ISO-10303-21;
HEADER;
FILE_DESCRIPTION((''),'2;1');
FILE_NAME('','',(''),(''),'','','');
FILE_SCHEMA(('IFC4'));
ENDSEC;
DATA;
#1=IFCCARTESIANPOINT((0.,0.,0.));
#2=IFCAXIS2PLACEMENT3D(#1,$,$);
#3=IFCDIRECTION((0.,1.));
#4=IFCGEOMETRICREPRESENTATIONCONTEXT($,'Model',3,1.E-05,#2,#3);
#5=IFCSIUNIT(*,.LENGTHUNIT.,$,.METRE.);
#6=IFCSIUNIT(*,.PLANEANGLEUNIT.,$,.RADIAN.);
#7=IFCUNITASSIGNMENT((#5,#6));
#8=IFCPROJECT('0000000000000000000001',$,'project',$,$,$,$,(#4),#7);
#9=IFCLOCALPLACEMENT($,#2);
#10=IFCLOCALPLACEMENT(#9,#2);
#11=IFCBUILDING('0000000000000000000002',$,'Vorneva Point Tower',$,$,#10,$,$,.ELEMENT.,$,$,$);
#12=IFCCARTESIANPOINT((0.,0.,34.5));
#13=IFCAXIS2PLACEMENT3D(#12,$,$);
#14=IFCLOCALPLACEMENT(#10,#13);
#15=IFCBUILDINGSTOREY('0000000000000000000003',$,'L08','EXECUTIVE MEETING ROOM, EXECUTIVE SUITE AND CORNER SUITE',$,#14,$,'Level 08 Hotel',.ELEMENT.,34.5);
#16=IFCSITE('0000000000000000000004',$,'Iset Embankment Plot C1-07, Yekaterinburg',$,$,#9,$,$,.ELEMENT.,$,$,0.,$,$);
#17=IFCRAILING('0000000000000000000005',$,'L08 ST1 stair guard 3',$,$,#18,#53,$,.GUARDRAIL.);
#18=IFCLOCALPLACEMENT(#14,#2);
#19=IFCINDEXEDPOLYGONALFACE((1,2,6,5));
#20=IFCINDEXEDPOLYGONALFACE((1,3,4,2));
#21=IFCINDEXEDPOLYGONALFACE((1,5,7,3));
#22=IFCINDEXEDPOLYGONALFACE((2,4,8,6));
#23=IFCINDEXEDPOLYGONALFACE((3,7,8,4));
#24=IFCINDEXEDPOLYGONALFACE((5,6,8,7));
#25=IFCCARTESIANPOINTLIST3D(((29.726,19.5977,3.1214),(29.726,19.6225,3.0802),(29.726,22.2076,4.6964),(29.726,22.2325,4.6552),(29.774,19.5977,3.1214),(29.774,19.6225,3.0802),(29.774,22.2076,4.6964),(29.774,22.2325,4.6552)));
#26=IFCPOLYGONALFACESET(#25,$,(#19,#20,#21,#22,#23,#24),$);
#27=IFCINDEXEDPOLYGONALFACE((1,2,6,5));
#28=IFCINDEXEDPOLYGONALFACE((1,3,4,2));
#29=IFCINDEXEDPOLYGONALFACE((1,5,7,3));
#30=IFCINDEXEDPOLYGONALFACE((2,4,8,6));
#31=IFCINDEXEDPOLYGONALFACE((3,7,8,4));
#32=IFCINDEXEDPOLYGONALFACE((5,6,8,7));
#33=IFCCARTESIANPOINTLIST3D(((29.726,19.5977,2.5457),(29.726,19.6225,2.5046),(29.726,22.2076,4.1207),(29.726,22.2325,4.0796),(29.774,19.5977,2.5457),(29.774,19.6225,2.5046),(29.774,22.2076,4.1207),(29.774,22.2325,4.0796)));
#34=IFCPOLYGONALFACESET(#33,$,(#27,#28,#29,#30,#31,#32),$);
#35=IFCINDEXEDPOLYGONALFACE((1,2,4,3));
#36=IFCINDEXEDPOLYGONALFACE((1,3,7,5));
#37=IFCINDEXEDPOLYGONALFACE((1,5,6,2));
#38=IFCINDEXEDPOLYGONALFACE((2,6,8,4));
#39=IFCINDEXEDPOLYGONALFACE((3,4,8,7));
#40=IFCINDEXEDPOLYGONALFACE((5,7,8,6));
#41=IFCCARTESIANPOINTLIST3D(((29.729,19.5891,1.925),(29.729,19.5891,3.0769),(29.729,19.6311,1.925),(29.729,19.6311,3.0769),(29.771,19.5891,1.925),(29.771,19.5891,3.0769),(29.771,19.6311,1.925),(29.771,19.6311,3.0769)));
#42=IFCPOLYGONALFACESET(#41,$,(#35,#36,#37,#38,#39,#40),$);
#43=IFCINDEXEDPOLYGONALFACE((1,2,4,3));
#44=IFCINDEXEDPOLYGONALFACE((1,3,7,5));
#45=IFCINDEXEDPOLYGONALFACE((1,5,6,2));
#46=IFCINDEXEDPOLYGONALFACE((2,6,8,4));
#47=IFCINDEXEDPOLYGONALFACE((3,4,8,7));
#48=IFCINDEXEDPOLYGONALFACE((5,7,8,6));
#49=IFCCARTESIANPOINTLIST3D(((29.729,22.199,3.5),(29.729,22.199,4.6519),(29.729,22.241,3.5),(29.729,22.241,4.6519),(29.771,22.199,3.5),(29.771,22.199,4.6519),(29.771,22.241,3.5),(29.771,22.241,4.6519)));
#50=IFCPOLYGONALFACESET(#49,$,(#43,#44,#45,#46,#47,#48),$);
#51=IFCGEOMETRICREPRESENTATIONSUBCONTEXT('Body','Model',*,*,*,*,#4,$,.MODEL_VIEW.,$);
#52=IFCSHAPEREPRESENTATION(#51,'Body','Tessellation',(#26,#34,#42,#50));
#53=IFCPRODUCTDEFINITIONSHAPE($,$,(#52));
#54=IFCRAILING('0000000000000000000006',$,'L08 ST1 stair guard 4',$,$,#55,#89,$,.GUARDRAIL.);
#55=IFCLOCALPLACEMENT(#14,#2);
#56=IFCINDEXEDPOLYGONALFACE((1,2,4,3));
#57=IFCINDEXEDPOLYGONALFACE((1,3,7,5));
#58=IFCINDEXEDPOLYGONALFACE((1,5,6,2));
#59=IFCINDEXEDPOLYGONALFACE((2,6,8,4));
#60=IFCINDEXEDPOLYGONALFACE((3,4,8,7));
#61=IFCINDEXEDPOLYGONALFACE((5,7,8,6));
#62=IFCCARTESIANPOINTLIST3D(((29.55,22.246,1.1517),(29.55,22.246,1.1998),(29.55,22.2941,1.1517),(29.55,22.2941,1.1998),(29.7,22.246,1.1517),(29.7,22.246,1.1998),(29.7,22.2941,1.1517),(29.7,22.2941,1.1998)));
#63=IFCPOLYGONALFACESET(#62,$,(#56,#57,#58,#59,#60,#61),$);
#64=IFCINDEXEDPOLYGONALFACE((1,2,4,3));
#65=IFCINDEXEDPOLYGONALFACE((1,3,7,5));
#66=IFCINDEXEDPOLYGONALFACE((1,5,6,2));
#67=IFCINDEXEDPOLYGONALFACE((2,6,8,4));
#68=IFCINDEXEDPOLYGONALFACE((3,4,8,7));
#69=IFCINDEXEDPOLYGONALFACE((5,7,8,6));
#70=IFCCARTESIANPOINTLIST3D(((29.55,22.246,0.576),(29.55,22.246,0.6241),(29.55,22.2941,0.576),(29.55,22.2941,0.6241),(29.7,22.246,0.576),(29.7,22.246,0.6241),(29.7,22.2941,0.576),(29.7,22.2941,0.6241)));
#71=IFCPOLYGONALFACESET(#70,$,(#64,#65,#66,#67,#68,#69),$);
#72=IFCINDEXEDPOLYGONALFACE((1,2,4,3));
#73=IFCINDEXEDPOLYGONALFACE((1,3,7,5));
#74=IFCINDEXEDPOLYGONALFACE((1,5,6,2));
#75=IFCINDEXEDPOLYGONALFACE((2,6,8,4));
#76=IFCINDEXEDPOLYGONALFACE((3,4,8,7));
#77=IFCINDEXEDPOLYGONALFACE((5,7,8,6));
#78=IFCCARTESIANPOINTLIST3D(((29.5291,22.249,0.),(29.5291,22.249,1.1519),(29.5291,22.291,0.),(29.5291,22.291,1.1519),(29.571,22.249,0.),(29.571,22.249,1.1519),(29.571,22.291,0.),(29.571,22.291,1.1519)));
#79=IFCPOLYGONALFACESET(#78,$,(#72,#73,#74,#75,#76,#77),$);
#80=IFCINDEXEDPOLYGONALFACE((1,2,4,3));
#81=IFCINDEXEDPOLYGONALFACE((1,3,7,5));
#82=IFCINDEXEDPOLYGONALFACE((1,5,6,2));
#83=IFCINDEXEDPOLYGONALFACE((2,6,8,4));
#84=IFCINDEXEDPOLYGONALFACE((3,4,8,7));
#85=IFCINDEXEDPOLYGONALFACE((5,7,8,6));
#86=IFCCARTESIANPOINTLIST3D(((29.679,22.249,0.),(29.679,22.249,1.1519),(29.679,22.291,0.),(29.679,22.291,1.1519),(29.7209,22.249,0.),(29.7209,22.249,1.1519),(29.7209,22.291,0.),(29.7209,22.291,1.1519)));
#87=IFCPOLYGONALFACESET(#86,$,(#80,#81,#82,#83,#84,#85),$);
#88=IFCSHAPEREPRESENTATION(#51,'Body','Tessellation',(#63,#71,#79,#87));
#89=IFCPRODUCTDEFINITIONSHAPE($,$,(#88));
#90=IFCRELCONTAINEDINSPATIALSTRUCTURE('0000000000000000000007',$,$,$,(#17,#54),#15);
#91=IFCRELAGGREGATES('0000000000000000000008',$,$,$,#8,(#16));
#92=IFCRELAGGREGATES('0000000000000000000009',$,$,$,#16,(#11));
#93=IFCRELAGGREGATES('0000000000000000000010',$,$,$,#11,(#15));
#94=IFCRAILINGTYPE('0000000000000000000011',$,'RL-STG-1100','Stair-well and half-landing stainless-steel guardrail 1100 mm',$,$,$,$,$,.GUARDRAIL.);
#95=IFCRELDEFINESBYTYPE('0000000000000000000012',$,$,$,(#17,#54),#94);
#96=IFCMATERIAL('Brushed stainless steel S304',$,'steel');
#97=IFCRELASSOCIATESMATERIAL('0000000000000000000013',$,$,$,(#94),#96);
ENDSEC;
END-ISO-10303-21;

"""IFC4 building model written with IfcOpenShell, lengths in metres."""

from ifc_helpers import new_model, si_unit, direction, frame, origin, origin_2d, place, context, subcontext, project, spatial, rectangle, extrude, material, type_object, element, save


model = new_model("IFC4")

# Units and contexts
model_context = context("Model", 3, precision=1e-05, world=origin(), true_north=direction((0.0, 1.0)))
body_context = subcontext(model_context, "Body", "Model", "MODEL_VIEW")
ifc_project = project(units=[si_unit("LENGTHUNIT", "METRE"), si_unit("PLANEANGLEUNIT", "RADIAN")], contexts=[model_context])

# Site, building, storey
site_placement = place(None, origin())
site = spatial("IfcSite", under=ifc_project, at=site_placement, Name="Iset Embankment Plot C1-07, Yekaterinburg", CompositionType="ELEMENT", RefElevation=0.0)
building_placement = place(site_placement, origin())
building = spatial("IfcBuilding", under=site, at=building_placement, Name="Vorneva Point Tower", CompositionType="ELEMENT")
storey_placement = place(building_placement, frame((0.0, 0.0, 34.5)))
storey = spatial("IfcBuildingStorey", under=building, at=storey_placement, Name="L08", Description="EXECUTIVE MEETING ROOM, EXECUTIVE SUITE AND CORNER SUITE", LongName="Level 08 Hotel", CompositionType="ELEMENT", Elevation=34.5)

# Railings
ifc_material_1 = material(Name="Brushed stainless steel S304", Category="steel")
railing_type_1 = type_object("IfcRailingType", Name="RL-STG-1100", Description="Stair-well and half-landing stainless-steel guardrail 1100 mm", PredefinedType="GUARDRAIL", material=ifc_material_1)
railing_1_placement = place(storey_placement, frame((29.75, 19.6101, 1.925)))
element("IfcRailing", 1, at=railing_1_placement, inside=storey, type_object=railing_type_1, Name="L08 ST1 stair guard 3", PredefinedType="GUARDRAIL", context=body_context, shape_type="SweptSolid", body=[
    extrude(rectangle(XDim=0.0481, YDim=0.0481, at=origin_2d()), frame((0.0, 0.0, 1.1758), z_axis=(0.0, 0.856183, 0.516673), x_axis=(-1.0, 0.0, 0.0)), (0.0, 0.0, 1.0), 3.0483),
    extrude(rectangle(XDim=0.0481, YDim=0.0481, at=origin_2d()), frame((0.0, 0.0, 0.6001), z_axis=(0.0, 0.856183, 0.516673), x_axis=(-1.0, 0.0, 0.0)), (0.0, 0.0, 1.0), 3.0483),
    extrude(rectangle(XDim=0.042, YDim=0.042, at=origin_2d()), origin(), (0.0, 0.0, 1.0), 1.1519),
    extrude(rectangle(XDim=0.042, YDim=0.042, at=origin_2d()), frame((0.0, 2.6099, 1.575)), (0.0, 0.0, 1.0), 1.1519),
])
railing_2_placement = place(storey_placement, frame((29.55, 22.27, 0.0)))
element("IfcRailing", 2, at=railing_2_placement, inside=storey, type_object=railing_type_1, Name="L08 ST1 stair guard 4", PredefinedType="GUARDRAIL", context=body_context, shape_type="SweptSolid", body=[
    extrude(rectangle(XDim=0.0481, YDim=0.0481, at=origin_2d()), frame((0.0, 0.0, 1.1758), z_axis=(1.0, 0.0, 0.0), x_axis=(0.0, 1.0, 0.0)), (0.0, 0.0, 1.0), 0.1499),
    extrude(rectangle(XDim=0.0481, YDim=0.0481, at=origin_2d()), frame((0.0, 0.0, 0.6001), z_axis=(1.0, 0.0, 0.0), x_axis=(0.0, 1.0, 0.0)), (0.0, 0.0, 1.0), 0.1499),
    extrude(rectangle(XDim=0.042, YDim=0.042, at=origin_2d()), origin(), (0.0, 0.0, 1.0), 1.1519),
    extrude(rectangle(XDim=0.042, YDim=0.042, at=origin_2d()), frame((0.1499, 0.0, 0.0)), (0.0, 0.0, 1.0), 1.1519),
])

save(model, "model.ifc")
